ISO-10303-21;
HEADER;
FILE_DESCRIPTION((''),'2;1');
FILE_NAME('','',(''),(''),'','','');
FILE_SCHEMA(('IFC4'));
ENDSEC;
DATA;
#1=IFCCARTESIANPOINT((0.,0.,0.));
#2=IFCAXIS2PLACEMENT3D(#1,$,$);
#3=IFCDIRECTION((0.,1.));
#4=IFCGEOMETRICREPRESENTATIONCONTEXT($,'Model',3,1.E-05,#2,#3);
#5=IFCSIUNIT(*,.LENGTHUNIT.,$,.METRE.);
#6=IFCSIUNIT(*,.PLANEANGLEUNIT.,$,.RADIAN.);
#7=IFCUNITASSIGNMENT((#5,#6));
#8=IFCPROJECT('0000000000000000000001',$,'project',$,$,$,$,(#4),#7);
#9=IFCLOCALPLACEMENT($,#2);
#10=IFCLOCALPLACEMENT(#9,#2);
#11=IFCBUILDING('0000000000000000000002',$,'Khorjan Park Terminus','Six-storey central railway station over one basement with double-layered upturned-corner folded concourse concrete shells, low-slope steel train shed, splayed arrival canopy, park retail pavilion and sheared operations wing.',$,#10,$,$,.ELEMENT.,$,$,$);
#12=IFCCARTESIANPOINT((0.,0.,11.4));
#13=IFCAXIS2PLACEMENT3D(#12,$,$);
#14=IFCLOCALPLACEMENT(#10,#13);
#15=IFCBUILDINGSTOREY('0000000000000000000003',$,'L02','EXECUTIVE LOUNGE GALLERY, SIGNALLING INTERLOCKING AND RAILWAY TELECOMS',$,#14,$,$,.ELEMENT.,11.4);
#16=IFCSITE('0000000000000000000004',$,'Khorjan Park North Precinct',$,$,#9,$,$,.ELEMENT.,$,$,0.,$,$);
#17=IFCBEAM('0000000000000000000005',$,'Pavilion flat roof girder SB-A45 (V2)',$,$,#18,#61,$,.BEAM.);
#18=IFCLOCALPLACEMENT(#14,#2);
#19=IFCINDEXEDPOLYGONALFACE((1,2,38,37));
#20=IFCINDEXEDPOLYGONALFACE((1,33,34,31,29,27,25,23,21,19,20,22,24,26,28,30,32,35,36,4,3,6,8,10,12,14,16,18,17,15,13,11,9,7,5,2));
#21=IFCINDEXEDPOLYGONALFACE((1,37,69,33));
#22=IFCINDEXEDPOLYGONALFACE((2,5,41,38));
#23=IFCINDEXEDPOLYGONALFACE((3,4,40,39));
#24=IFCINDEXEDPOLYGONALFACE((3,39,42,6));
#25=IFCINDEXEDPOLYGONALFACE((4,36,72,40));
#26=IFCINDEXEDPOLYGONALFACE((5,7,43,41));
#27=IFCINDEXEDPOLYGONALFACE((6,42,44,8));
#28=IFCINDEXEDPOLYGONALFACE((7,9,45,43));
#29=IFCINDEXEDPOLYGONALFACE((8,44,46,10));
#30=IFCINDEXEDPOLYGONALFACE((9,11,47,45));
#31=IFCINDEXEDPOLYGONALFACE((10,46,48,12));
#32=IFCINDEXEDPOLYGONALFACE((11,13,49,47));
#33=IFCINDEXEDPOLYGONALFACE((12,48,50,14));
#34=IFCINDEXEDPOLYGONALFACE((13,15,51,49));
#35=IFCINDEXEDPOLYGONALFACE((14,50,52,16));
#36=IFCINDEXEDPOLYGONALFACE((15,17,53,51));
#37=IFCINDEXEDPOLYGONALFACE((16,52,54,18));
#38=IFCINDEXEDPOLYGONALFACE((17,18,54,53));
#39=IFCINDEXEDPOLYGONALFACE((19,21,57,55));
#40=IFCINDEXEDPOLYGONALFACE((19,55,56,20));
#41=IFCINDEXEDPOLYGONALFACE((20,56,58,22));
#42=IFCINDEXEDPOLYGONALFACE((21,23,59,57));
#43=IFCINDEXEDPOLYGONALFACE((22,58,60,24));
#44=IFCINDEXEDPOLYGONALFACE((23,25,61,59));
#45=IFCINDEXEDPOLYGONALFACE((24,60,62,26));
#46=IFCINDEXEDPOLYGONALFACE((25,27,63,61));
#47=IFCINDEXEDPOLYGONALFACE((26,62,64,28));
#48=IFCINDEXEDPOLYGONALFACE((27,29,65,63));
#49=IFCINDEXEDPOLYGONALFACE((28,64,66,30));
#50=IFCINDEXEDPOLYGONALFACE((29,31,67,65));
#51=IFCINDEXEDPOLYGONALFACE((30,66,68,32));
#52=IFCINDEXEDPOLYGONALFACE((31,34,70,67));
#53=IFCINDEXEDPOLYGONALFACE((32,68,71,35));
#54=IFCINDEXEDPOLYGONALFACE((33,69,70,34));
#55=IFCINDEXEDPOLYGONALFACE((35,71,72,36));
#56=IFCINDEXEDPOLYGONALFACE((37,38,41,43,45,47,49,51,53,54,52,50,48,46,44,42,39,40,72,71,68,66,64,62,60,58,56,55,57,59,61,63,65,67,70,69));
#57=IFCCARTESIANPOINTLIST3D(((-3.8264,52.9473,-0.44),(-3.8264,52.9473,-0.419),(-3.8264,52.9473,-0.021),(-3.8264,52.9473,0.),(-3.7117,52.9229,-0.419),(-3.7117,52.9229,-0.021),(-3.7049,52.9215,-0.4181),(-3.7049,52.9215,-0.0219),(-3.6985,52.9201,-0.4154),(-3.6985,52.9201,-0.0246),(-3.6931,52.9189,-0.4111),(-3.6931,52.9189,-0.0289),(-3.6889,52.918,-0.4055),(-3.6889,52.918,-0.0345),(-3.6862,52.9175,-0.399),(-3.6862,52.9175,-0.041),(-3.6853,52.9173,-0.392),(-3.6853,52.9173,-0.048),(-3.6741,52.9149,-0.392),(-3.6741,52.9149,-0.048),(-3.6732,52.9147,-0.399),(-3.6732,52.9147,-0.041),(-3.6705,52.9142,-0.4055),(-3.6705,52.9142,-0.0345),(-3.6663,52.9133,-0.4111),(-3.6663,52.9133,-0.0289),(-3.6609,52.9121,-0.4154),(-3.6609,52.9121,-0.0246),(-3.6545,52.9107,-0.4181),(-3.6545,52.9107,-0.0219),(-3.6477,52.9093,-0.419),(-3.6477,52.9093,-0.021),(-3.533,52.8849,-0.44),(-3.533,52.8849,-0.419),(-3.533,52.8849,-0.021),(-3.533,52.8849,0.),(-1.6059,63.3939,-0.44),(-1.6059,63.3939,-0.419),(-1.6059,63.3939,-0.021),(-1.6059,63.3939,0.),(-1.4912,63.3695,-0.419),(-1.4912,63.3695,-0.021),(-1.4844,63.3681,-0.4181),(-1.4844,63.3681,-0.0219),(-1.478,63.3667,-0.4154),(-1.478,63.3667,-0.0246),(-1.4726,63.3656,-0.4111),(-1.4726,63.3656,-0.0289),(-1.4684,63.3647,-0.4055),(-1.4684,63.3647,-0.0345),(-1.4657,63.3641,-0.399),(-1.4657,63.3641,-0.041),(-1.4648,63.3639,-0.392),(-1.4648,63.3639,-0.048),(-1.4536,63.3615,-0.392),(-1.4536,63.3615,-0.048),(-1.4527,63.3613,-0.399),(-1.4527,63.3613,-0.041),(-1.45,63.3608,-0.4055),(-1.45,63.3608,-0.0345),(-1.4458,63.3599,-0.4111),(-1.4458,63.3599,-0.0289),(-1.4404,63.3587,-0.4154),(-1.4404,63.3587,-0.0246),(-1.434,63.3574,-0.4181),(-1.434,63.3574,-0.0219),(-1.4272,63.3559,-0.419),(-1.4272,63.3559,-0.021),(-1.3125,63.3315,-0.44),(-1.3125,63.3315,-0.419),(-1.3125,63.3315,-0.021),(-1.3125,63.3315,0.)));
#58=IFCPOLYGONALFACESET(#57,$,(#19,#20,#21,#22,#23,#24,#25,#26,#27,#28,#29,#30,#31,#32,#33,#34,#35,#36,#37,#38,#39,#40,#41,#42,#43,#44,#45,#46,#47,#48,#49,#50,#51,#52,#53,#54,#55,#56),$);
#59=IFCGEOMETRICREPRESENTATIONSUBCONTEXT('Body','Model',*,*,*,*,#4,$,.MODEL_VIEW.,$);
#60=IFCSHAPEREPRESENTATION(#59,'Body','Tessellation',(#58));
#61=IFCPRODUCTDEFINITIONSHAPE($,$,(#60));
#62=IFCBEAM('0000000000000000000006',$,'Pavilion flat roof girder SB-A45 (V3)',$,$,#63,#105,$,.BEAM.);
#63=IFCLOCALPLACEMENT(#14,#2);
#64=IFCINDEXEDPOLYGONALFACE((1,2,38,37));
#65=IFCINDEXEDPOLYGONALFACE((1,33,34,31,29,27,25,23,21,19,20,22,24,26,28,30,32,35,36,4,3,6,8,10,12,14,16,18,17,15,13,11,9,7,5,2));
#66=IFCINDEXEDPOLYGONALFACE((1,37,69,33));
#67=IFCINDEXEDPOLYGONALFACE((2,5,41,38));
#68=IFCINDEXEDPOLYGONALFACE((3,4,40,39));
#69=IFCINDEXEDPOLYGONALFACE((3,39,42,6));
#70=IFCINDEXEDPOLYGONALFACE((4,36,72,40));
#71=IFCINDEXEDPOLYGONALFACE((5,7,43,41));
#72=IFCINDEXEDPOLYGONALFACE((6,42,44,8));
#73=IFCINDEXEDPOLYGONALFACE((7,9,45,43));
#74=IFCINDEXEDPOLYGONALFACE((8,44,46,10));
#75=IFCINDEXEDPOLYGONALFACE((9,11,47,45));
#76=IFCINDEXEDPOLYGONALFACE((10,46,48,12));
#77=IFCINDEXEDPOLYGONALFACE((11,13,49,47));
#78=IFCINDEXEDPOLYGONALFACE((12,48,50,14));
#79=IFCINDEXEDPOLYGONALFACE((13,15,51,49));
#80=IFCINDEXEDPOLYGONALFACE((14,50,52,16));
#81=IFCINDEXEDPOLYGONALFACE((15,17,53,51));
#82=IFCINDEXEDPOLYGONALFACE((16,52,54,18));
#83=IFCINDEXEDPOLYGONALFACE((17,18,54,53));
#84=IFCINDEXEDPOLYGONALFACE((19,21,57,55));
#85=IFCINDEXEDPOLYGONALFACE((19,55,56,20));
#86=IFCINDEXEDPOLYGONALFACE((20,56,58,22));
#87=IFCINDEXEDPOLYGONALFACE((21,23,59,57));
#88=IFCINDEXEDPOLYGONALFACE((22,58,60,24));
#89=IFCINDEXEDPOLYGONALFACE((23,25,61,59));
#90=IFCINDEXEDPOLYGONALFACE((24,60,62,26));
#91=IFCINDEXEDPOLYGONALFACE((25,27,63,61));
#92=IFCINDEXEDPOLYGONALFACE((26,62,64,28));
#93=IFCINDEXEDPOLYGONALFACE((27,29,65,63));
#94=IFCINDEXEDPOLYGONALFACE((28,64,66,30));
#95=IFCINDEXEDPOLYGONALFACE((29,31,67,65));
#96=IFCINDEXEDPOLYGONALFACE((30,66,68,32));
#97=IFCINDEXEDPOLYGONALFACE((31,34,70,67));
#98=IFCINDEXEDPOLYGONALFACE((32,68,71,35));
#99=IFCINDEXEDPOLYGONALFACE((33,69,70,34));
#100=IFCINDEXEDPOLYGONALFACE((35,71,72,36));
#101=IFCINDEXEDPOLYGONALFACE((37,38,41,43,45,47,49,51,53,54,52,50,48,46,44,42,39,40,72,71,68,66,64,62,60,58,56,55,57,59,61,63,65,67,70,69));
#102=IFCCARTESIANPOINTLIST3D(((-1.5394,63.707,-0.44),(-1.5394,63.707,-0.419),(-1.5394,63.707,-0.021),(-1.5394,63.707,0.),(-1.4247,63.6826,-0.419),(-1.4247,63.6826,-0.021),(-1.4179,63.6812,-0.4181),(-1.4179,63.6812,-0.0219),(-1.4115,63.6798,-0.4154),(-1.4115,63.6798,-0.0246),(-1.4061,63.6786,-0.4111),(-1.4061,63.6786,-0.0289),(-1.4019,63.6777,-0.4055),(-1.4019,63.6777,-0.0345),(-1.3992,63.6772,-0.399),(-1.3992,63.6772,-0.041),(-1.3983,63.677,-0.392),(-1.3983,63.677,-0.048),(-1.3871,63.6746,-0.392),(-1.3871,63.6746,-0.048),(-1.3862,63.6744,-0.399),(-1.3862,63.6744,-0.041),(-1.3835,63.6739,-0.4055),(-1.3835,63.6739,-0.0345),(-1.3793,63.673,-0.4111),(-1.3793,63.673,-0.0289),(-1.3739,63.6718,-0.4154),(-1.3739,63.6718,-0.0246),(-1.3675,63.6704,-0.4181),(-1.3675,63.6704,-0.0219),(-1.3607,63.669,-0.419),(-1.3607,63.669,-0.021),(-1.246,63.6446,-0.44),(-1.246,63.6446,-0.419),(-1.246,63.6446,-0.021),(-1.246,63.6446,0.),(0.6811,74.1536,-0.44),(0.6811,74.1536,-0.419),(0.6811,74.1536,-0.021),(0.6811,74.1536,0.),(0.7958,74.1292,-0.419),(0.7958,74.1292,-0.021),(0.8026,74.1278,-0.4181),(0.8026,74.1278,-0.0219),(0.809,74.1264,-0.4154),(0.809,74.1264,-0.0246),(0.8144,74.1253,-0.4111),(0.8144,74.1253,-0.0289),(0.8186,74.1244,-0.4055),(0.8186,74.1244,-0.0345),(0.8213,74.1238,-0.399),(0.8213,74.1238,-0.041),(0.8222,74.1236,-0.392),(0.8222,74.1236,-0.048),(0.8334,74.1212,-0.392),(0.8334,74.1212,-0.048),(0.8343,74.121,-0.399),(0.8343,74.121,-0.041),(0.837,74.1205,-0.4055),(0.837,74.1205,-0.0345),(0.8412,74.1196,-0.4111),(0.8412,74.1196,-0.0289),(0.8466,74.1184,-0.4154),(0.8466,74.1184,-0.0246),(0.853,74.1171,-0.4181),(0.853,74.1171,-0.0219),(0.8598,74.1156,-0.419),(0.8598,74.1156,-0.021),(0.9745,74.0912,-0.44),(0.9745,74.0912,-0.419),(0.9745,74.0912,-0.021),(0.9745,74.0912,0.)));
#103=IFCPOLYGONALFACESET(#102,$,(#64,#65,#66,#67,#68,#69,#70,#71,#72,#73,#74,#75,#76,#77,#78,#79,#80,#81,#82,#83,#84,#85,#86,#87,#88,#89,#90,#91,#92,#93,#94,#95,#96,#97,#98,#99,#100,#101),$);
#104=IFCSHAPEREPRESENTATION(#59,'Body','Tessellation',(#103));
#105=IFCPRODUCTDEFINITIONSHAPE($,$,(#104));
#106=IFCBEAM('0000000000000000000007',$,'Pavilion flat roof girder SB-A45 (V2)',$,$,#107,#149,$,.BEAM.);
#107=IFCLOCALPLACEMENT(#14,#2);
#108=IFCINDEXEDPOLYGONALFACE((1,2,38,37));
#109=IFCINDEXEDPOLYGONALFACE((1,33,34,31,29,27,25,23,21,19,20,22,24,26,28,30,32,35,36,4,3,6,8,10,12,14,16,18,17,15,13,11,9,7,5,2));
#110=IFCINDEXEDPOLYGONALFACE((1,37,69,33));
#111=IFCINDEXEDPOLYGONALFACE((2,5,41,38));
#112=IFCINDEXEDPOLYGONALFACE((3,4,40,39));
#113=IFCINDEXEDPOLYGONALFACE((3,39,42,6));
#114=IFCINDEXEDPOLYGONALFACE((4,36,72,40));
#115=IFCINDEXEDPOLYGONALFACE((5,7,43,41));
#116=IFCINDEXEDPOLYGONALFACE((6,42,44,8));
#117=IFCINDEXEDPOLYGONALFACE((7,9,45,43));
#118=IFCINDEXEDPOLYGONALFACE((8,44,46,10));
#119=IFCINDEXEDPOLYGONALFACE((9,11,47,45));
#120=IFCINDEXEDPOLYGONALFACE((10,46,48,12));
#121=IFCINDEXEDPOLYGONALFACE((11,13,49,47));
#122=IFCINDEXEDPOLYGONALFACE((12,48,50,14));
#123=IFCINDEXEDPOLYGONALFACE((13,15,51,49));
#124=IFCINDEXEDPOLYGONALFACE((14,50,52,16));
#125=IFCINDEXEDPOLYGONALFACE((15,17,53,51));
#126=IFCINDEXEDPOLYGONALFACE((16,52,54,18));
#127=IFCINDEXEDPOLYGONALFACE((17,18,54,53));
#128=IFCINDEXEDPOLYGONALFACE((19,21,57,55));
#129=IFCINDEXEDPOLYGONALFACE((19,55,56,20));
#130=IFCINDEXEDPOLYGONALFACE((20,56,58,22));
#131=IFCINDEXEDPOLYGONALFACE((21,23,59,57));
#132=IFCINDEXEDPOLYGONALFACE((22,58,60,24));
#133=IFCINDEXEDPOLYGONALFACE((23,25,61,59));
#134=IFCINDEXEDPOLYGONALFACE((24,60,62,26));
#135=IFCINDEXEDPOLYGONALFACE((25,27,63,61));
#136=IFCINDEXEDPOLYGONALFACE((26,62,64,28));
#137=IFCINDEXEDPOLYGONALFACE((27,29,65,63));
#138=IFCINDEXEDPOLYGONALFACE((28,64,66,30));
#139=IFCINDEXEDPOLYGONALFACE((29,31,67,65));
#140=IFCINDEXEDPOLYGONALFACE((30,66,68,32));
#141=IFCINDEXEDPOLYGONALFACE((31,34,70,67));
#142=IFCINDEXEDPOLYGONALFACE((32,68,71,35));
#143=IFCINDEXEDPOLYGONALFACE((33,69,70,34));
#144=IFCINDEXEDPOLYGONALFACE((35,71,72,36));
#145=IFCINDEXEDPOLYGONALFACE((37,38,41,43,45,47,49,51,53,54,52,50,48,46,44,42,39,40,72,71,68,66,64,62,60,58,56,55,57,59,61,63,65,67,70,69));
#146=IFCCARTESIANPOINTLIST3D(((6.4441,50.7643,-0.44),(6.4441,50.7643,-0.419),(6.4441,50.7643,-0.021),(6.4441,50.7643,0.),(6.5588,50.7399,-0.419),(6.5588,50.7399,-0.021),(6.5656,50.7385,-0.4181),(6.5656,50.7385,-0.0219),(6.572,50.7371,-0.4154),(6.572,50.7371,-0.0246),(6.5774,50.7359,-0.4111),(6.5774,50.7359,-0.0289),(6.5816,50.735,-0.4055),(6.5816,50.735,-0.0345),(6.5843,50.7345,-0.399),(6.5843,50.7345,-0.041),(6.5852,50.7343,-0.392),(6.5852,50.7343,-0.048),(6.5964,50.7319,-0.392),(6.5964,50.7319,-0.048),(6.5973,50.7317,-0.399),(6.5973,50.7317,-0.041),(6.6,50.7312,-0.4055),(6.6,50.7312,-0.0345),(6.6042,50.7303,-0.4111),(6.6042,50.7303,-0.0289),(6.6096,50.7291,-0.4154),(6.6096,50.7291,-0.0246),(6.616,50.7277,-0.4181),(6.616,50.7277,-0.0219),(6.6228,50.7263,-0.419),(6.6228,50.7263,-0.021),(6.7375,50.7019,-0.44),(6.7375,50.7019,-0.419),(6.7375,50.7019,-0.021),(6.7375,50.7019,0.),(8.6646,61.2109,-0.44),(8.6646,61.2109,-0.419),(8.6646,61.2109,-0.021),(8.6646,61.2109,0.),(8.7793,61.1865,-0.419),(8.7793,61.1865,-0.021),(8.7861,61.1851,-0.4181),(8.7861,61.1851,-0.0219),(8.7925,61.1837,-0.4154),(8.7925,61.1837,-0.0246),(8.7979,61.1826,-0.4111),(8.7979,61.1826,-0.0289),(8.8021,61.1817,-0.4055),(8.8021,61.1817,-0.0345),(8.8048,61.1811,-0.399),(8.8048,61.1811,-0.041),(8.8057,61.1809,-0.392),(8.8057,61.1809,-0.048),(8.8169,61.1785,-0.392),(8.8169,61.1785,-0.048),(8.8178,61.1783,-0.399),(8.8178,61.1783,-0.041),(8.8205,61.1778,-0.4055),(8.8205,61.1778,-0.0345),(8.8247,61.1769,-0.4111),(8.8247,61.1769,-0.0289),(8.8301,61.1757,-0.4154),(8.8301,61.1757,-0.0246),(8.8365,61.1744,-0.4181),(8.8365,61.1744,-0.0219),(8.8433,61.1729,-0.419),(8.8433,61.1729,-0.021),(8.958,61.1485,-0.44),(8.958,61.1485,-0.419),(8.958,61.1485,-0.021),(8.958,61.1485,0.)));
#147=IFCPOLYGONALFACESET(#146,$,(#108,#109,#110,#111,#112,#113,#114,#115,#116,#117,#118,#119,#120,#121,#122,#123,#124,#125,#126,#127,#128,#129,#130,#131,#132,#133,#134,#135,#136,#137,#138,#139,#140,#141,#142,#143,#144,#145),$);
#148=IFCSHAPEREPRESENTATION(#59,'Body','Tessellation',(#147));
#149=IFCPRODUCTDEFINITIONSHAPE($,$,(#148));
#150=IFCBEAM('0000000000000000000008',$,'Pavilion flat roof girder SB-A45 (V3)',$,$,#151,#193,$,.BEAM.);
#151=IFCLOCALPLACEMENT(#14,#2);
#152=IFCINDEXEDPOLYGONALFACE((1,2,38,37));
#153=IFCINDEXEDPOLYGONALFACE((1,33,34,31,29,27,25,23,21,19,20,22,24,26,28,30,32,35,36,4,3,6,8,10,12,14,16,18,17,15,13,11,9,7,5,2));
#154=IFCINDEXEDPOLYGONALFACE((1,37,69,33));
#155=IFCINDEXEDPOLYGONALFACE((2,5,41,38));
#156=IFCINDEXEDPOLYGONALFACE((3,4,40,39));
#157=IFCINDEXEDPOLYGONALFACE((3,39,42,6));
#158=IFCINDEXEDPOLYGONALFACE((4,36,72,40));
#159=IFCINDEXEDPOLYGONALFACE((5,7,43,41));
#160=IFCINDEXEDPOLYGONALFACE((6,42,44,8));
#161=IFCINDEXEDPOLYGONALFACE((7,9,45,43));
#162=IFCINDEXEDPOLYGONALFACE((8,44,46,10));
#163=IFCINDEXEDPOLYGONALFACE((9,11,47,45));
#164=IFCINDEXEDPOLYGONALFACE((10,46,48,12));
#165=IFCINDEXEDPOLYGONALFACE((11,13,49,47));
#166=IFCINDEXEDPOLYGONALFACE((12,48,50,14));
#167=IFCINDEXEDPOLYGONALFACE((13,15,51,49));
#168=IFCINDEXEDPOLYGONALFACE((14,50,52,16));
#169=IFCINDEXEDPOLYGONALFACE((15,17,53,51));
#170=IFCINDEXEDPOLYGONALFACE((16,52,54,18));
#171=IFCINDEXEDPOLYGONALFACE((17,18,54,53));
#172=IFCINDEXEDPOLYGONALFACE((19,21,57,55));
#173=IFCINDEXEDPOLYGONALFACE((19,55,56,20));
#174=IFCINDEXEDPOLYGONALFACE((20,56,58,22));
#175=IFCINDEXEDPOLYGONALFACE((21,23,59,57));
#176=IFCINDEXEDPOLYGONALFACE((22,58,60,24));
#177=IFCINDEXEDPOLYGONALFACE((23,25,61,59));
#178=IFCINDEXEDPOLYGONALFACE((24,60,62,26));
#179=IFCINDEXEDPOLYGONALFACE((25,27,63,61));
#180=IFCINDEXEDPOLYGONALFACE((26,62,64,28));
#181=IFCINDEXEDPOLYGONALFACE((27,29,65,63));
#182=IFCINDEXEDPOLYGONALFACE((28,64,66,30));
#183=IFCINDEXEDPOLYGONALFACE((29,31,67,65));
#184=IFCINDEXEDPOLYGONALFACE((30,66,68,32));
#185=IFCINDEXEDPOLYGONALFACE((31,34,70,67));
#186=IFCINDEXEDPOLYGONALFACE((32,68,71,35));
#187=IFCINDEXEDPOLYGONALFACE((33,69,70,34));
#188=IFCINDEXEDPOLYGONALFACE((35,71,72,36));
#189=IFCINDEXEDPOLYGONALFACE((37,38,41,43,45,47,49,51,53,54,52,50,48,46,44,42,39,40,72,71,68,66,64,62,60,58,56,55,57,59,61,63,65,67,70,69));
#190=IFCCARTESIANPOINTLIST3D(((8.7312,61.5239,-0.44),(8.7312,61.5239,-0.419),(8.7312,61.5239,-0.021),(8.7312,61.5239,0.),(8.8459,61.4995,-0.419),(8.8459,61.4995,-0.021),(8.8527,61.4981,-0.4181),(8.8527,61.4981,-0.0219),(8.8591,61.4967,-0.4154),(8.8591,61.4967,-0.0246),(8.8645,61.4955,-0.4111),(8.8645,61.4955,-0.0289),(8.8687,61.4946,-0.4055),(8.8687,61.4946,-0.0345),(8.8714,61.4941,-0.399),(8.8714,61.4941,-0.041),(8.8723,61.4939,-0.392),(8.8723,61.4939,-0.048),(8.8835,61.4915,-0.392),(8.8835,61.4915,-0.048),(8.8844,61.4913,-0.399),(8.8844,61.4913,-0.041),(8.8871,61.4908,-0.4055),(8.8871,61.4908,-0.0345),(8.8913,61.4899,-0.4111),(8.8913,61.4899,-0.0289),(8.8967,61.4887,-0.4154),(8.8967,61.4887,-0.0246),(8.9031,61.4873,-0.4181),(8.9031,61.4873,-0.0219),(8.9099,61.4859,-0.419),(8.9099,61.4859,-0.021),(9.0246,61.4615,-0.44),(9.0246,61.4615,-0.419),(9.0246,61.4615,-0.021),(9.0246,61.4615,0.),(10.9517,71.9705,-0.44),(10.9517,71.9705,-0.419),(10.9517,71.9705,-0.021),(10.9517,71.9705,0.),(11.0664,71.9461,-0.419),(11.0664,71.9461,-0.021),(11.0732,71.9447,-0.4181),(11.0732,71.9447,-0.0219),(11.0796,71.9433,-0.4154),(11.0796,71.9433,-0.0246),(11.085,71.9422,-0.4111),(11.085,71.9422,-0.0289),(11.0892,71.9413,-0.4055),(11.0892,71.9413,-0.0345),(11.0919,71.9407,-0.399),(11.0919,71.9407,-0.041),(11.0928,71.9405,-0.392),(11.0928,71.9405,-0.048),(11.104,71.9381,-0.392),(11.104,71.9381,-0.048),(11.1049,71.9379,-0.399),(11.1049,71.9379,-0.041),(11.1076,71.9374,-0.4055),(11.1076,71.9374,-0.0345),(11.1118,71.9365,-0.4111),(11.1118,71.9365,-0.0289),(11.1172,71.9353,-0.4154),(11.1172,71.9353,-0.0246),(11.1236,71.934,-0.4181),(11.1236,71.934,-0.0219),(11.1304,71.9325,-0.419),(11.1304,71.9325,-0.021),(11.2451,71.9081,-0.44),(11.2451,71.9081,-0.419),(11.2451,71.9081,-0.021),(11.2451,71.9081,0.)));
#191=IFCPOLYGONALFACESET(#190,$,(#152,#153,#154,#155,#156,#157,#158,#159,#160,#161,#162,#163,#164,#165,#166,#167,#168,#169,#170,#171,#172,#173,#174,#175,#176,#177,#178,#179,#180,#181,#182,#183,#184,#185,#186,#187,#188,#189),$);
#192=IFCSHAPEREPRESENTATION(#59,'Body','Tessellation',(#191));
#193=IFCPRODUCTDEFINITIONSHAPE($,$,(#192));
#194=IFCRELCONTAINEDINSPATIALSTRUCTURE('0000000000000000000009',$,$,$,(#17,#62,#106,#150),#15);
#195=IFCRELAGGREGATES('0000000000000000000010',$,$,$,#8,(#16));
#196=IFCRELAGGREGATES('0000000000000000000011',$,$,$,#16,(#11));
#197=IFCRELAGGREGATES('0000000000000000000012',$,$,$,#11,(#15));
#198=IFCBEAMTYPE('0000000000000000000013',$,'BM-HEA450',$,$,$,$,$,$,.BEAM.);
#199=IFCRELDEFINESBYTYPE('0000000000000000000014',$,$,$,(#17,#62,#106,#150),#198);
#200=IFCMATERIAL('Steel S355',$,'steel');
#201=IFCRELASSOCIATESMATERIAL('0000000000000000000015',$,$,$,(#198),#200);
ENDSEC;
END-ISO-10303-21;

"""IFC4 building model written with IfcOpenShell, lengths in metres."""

from ifc_helpers import new_model, si_unit, direction, frame, origin, origin_2d, place, context, subcontext, project, spatial, i_section, extrude, material, material_profile, profile_set, type_object, element, save


model = new_model("IFC4")

# Units and contexts
model_context = context("Model", 3, precision=1e-05, world=origin(), true_north=direction((0.0, 1.0)))
body_context = subcontext(model_context, "Body", "Model", "MODEL_VIEW")
ifc_project = project(units=[si_unit("LENGTHUNIT", "METRE"), si_unit("PLANEANGLEUNIT", "RADIAN")], contexts=[model_context])

# Site, building, storey
site_placement = place(None, origin())
site = spatial("IfcSite", under=ifc_project, at=site_placement, Name="Khorjan Park North Precinct", CompositionType="ELEMENT", RefElevation=0.0)
building_placement = place(site_placement, origin())
building = spatial("IfcBuilding", under=site, at=building_placement, Name="Khorjan Park Terminus", Description="Six-storey central railway station over one basement with double-layered upturned-corner folded concourse concrete shells, low-slope steel train shed, splayed arrival canopy, park retail pavilion and sheared operations wing.", CompositionType="ELEMENT")
storey_placement = place(building_placement, frame((0.0, 0.0, 11.4)))
storey = spatial("IfcBuildingStorey", under=building, at=storey_placement, Name="L02", Description="EXECUTIVE LOUNGE GALLERY, SIGNALLING INTERLOCKING AND RAILWAY TELECOMS", CompositionType="ELEMENT", Elevation=11.4)

# Beams
ifc_material_1 = material(Name="Steel S355", Category="steel")
ifc_material_profile_1 = material_profile(ifc_material_1, i_section(OverallWidth=0.3, OverallDepth=0.44, WebThickness=0.0115, FlangeThickness=0.021, FilletRadius=0.027, at=origin_2d()), Name="HEA 450")
ifc_profile_set_1 = profile_set([ifc_material_profile_1], Name="Steel S355")
beam_type_1 = type_object("IfcBeamType", Name="BM-HEA450", PredefinedType="BEAM", material=ifc_profile_set_1)
for number, where, z_axis, x_axis, name in (
    (1, (-3.6797, 52.9161, -0.22), (0.207912, 0.978147, 0.0), (-0.978147, 0.207912, 0.0), "Pavilion flat roof girder SB-A45 (V2)"),
    (2, (-1.3927, 63.6758, -0.22), (0.207912, 0.978147, 0.0), (-0.978147, 0.207912, 0.0), "Pavilion flat roof girder SB-A45 (V3)"),
    (3, (6.5908, 50.7331, -0.22), (0.207912, 0.978147, 0.0), (-0.978147, 0.207912, 0.0), "Pavilion flat roof girder SB-A45 (V2)"),
    (4, (8.8779, 61.4927, -0.22), (0.207912, 0.978147, 0.0), (-0.978147, 0.207912, 0.0), "Pavilion flat roof girder SB-A45 (V3)"),
):
    element("IfcBeam", number, at=place(storey_placement, frame(where, z_axis=z_axis, x_axis=x_axis)), inside=storey, type_object=beam_type_1, Name=name, PredefinedType="BEAM", context=body_context, shape_type="SweptSolid", body=[
        extrude(i_section(OverallWidth=0.3, OverallDepth=0.44, WebThickness=0.0115, FlangeThickness=0.021, FilletRadius=0.027, at=origin_2d()), origin(), (0.0, 0.0, 1.0), 10.68),
    ])

save(model, "model.ifc")
